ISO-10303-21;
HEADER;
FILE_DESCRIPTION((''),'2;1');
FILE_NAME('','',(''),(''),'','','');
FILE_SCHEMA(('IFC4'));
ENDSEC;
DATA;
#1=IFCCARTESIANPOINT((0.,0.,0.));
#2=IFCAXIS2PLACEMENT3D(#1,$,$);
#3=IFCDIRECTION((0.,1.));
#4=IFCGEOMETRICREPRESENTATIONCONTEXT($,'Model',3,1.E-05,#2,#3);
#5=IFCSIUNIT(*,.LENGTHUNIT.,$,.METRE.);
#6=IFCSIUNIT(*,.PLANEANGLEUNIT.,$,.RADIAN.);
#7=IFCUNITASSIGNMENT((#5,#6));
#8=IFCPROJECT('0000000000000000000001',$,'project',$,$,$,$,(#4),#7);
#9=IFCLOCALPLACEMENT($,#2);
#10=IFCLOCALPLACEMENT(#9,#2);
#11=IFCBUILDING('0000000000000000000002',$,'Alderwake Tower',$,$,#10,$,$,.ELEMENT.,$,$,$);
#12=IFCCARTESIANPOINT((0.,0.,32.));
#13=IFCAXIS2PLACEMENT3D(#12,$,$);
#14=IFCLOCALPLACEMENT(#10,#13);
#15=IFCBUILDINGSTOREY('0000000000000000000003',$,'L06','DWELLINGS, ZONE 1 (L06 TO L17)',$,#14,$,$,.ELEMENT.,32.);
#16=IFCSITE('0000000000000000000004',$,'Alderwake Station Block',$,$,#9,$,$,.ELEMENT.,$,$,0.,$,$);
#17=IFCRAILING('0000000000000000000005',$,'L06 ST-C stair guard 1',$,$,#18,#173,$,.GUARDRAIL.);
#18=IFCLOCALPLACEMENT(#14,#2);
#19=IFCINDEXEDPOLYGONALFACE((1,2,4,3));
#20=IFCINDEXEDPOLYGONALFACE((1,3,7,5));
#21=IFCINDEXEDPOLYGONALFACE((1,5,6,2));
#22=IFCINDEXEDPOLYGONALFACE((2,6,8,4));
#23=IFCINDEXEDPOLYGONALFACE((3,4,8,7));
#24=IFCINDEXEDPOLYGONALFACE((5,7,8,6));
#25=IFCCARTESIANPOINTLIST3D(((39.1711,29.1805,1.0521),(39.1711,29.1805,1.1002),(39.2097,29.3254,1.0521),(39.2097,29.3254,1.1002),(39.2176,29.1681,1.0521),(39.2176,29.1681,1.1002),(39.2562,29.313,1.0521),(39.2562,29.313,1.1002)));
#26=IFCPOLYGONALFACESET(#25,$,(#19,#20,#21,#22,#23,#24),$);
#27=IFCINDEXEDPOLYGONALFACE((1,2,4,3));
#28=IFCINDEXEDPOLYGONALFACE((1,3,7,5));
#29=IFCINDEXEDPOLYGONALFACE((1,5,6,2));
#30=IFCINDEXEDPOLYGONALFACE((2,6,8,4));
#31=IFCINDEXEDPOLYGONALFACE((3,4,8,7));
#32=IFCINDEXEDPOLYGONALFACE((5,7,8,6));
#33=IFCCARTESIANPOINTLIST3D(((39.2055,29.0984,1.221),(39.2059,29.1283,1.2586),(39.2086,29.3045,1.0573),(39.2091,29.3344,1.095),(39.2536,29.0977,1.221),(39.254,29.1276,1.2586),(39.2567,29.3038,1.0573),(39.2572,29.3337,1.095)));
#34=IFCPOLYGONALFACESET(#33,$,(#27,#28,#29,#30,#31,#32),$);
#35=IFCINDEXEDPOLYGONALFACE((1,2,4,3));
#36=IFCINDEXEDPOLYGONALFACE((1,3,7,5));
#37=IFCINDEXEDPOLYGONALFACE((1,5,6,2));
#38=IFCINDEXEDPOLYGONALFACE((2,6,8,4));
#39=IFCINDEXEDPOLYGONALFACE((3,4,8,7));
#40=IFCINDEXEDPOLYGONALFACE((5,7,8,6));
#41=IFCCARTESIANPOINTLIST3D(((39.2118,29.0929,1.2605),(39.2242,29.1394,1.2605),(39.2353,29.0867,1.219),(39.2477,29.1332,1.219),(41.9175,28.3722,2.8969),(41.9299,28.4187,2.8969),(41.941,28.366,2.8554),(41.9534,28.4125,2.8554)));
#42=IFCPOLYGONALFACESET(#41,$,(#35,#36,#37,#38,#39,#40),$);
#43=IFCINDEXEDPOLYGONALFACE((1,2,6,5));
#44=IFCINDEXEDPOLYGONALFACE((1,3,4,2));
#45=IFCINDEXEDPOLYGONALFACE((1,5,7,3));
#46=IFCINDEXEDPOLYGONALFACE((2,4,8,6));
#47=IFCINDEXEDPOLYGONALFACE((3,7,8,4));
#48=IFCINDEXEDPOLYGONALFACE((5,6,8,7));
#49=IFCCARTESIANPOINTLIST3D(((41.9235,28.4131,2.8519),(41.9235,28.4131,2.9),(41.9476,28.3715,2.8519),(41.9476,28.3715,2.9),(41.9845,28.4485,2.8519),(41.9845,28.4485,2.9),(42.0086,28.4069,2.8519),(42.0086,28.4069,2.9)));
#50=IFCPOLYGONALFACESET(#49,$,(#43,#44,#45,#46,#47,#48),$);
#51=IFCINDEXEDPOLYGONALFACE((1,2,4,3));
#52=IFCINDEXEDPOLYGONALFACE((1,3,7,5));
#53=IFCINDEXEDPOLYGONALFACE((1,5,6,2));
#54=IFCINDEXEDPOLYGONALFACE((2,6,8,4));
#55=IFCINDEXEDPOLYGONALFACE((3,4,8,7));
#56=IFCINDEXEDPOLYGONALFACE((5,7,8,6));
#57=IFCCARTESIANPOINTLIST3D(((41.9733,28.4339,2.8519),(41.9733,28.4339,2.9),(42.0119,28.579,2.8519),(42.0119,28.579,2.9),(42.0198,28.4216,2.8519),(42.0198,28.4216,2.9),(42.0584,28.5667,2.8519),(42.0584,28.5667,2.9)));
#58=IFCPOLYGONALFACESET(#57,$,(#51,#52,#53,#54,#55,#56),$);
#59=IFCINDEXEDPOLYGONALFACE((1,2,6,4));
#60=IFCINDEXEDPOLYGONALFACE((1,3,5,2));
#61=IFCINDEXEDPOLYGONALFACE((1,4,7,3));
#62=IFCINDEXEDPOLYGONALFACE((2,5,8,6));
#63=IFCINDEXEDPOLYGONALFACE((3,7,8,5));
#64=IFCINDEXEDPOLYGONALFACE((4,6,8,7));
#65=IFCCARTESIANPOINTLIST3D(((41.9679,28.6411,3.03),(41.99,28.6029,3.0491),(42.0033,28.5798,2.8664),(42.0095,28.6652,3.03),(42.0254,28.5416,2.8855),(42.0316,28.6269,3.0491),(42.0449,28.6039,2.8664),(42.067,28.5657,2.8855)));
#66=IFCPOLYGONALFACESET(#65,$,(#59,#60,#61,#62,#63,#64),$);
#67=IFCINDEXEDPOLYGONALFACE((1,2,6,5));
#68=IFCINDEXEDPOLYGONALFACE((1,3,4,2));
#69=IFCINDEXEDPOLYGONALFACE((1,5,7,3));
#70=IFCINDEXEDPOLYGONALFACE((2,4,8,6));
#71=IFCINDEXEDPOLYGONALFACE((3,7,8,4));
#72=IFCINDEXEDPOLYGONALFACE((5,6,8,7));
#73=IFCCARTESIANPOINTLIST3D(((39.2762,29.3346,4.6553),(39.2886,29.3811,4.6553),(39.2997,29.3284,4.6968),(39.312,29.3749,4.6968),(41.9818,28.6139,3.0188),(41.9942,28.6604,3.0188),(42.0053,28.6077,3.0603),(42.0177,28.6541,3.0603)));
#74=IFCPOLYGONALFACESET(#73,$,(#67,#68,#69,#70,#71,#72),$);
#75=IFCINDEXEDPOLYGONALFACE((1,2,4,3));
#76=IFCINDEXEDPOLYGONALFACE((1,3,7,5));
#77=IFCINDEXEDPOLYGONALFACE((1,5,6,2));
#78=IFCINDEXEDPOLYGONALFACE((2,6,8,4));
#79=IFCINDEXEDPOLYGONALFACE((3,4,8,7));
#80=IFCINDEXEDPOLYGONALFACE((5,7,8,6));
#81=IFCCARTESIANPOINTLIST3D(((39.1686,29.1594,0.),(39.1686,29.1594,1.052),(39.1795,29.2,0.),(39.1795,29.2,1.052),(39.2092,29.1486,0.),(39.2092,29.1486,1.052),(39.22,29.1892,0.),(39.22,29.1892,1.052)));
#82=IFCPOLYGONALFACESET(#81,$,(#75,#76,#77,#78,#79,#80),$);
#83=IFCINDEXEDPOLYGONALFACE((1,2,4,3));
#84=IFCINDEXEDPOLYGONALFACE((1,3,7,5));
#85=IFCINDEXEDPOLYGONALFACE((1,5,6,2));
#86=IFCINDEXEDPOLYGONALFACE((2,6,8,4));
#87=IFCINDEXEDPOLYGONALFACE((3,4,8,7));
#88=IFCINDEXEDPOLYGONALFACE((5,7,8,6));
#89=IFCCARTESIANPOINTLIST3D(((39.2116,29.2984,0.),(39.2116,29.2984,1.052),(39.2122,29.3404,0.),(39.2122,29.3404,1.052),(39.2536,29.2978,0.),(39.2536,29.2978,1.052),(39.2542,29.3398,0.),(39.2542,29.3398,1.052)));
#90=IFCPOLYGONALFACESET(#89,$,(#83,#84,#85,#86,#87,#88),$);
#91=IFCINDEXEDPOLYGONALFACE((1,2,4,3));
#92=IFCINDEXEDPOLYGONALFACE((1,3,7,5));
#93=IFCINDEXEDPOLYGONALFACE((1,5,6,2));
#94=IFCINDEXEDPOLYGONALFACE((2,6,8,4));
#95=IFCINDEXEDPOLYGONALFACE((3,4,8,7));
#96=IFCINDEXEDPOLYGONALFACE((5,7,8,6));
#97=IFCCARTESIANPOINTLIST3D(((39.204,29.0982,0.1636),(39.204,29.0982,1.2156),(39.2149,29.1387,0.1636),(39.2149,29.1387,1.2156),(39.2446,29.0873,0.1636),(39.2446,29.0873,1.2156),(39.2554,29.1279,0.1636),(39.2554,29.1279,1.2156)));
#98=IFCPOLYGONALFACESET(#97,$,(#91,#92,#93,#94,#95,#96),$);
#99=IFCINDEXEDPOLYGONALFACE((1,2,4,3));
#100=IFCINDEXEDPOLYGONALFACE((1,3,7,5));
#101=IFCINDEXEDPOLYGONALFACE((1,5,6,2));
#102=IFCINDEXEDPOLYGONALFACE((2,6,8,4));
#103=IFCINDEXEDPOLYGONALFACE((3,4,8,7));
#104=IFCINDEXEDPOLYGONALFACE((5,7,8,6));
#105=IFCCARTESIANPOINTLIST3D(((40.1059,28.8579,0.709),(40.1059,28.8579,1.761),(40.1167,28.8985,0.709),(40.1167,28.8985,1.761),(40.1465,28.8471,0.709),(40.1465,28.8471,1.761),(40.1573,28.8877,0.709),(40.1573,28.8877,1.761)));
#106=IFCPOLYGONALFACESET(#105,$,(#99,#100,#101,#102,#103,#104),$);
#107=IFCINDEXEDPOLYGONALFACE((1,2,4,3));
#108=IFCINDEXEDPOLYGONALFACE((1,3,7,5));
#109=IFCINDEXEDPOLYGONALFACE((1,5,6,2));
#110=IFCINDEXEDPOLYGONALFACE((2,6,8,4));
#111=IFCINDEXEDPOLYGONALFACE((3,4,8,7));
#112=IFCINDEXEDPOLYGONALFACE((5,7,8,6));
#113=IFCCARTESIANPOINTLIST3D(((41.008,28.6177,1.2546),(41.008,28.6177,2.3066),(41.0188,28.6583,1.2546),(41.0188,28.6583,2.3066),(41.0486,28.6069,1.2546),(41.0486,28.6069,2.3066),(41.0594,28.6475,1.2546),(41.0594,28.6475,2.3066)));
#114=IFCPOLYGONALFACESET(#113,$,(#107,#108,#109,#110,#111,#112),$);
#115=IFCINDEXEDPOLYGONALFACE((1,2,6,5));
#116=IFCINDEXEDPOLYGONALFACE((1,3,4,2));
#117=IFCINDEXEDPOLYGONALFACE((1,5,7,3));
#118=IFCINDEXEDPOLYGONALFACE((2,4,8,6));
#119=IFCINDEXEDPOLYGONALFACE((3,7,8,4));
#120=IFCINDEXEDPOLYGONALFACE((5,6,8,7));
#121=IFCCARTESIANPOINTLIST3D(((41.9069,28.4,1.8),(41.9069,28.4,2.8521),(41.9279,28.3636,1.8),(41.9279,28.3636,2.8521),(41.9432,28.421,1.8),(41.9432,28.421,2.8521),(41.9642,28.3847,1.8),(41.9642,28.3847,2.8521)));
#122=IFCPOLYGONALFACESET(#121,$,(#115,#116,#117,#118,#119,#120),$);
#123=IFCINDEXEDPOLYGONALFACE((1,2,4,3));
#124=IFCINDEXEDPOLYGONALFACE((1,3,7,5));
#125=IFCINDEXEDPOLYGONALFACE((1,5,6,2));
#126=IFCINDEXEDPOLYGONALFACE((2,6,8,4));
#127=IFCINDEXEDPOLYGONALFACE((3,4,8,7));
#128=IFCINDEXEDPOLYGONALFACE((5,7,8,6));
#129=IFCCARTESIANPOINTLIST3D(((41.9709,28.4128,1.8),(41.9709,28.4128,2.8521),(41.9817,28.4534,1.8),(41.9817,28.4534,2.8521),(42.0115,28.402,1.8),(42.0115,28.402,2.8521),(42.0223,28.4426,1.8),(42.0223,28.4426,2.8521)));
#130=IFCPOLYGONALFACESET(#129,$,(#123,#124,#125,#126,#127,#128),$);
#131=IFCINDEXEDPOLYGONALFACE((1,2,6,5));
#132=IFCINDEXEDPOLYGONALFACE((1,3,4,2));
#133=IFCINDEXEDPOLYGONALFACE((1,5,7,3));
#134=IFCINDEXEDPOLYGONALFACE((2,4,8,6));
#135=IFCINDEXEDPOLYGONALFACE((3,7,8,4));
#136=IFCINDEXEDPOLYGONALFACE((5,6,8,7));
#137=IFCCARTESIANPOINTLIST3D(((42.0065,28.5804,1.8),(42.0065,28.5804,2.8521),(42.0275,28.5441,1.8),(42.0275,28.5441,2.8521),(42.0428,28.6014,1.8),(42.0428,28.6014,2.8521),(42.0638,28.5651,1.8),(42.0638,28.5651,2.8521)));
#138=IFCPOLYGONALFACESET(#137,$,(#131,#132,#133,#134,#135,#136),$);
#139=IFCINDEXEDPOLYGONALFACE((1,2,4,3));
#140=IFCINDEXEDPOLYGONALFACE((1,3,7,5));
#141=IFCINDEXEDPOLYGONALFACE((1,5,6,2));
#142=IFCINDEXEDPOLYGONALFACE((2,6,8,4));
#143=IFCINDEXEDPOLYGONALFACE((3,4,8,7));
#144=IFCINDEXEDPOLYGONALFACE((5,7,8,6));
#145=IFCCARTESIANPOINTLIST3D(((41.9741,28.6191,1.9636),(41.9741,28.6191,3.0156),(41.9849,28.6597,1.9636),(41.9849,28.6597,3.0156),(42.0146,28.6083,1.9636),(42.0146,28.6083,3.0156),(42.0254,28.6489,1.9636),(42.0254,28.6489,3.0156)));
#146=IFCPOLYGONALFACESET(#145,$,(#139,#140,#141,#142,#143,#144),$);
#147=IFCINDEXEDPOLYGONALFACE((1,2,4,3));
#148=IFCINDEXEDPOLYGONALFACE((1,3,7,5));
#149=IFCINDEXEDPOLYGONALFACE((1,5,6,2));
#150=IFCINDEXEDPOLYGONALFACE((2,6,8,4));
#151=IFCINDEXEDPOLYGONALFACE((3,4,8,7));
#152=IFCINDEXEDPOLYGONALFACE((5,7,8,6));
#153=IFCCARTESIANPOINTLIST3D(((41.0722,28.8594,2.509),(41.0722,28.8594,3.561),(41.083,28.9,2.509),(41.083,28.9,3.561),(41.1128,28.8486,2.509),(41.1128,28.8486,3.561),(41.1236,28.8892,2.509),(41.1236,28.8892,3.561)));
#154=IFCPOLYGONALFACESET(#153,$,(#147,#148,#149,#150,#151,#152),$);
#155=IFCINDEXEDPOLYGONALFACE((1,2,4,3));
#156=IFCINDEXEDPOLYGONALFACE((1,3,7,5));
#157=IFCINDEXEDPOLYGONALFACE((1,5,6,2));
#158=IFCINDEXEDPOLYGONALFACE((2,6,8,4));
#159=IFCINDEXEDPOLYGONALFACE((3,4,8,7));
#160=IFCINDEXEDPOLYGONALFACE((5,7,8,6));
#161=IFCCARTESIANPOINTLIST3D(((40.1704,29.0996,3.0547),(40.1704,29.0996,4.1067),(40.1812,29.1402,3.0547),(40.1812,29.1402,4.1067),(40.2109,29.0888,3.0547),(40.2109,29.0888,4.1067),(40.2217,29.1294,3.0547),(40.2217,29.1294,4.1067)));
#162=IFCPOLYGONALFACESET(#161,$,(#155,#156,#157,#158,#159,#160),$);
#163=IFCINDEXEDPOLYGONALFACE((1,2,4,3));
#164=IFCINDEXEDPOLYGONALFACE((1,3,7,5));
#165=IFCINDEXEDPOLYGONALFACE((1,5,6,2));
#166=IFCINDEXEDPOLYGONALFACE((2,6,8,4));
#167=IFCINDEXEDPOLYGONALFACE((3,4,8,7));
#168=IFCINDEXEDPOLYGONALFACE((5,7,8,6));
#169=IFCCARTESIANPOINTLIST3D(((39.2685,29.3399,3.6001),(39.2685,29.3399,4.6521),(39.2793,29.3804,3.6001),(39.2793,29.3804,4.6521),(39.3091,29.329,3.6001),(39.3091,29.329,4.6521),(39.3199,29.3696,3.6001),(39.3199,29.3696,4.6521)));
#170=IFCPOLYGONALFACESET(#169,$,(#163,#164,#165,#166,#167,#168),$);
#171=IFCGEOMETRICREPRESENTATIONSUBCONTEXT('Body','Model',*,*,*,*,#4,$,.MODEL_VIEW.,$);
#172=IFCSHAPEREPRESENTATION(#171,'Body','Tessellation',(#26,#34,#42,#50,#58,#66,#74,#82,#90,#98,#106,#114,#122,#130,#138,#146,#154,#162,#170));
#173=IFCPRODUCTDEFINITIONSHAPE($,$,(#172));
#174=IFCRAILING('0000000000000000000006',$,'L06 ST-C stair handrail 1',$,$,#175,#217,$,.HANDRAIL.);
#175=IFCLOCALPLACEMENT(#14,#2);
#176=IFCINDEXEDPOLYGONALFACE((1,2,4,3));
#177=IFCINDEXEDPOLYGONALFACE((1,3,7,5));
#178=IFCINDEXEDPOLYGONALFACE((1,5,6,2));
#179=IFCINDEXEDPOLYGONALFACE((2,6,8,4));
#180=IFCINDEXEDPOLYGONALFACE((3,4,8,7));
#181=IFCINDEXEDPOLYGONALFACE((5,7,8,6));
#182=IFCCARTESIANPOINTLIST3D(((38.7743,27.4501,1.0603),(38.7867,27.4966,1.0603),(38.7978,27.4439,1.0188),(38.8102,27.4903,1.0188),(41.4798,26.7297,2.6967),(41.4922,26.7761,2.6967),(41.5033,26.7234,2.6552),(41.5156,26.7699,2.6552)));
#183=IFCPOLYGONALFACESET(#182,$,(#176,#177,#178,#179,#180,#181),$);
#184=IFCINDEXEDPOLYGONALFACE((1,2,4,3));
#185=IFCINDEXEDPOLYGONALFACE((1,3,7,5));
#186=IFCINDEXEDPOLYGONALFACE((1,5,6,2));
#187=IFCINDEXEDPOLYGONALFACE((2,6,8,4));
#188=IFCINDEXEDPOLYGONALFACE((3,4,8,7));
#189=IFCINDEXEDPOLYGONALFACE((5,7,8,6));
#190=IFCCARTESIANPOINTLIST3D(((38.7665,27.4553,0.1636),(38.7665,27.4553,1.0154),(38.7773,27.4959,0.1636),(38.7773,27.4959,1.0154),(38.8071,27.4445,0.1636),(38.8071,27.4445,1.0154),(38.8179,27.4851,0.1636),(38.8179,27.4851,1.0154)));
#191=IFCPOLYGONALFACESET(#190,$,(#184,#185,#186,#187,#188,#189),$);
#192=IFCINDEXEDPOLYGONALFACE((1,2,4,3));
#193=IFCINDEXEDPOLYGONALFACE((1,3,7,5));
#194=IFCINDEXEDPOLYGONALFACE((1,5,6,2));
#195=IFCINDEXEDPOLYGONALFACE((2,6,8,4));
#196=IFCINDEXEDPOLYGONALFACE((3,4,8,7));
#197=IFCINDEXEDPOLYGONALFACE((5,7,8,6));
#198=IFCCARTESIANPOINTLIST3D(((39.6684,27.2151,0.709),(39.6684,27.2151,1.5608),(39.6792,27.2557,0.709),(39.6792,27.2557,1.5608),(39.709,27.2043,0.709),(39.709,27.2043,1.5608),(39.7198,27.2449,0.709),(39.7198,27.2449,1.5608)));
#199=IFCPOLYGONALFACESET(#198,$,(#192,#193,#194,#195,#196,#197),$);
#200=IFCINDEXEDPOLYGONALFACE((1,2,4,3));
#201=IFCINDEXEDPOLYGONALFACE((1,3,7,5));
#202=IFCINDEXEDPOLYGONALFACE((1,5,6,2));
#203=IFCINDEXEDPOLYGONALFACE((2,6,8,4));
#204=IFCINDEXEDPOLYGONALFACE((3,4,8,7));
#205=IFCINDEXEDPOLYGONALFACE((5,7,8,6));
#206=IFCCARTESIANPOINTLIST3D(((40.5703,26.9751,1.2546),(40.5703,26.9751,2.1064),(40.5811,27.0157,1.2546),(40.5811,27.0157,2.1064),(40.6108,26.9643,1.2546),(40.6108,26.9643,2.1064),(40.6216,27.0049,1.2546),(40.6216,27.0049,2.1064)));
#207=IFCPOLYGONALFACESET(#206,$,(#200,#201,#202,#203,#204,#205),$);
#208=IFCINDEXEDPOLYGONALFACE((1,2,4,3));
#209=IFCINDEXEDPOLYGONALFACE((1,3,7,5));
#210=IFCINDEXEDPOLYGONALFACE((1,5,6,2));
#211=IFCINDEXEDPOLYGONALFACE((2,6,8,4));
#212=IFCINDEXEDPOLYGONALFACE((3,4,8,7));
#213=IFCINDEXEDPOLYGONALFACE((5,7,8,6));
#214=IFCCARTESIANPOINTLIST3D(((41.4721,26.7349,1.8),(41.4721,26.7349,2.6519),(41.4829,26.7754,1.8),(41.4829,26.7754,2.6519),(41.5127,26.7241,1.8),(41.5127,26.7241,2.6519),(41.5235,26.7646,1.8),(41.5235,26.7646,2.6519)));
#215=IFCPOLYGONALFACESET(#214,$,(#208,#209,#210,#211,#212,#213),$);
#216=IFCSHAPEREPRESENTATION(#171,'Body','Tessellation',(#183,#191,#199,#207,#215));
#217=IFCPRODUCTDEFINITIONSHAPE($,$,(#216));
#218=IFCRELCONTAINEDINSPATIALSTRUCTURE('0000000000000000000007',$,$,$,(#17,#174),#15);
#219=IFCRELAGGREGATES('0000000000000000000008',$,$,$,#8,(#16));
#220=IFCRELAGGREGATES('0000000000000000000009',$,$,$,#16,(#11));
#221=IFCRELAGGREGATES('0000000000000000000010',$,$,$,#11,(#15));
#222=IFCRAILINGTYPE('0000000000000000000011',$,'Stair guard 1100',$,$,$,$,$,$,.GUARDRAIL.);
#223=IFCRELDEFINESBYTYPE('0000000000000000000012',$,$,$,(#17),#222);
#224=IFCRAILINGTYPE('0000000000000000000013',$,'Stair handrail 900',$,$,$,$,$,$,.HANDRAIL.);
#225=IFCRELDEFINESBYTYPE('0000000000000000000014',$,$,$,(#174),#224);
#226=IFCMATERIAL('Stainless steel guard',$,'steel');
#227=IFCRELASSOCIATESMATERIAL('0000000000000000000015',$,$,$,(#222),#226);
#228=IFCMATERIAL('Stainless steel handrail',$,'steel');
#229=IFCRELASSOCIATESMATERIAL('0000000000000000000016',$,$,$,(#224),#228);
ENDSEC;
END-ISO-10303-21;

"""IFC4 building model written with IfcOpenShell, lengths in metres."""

from ifc_helpers import new_model, si_unit, direction, frame, origin, origin_2d, place, context, subcontext, project, spatial, rectangle, extrude, material, type_object, element, save


model = new_model("IFC4")

# Units and contexts
model_context = context("Model", 3, precision=1e-05, world=origin(), true_north=direction((0.0, 1.0)))
body_context = subcontext(model_context, "Body", "Model", "MODEL_VIEW")
ifc_project = project(units=[si_unit("LENGTHUNIT", "METRE"), si_unit("PLANEANGLEUNIT", "RADIAN")], contexts=[model_context])

# Site, building, storey
site_placement = place(None, origin())
site = spatial("IfcSite", under=ifc_project, at=site_placement, Name="Alderwake Station Block", CompositionType="ELEMENT", RefElevation=0.0)
building_placement = place(site_placement, origin())
building = spatial("IfcBuilding", under=site, at=building_placement, Name="Alderwake Tower", CompositionType="ELEMENT")
storey_placement = place(building_placement, frame((0.0, 0.0, 32.0)))
storey = spatial("IfcBuildingStorey", under=building, at=storey_placement, Name="L06", Description="DWELLINGS, ZONE 1 (L06 TO L17)", CompositionType="ELEMENT", Elevation=32.0)

# Railings
ifc_material_1 = material(Name="Stainless steel guard", Category="steel")
railing_type_1 = type_object("IfcRailingType", Name="Stair guard 1100", PredefinedType="GUARDRAIL", material=ifc_material_1)
railing_1_placement = place(storey_placement, frame((39.1943, 29.1743, 0.0)))
element("IfcRailing", 1, at=railing_1_placement, inside=storey, type_object=railing_type_1, Name="L06 ST-C stair guard 1", PredefinedType="GUARDRAIL", context=body_context, shape_type="SweptSolid", body=[
    extrude(rectangle(XDim=0.0481, YDim=0.0481, at=origin_2d()), frame((0.0, 0.0, 1.0762), z_axis=(0.25746, 0.966289, 0.0), x_axis=(-0.966289, 0.25746, 0.0)), (0.0, 0.0, 1.0), 0.1499),
    extrude(rectangle(XDim=0.0481, YDim=0.0481, at=origin_2d()), frame((0.0386, 0.1448, 1.0762), z_axis=(-0.012063, -0.78316, 0.621703), x_axis=(0.999881, -0.015401, 0.0)), (0.0, 0.0, 1.0), 0.2632),
    extrude(rectangle(XDim=0.0481, YDim=0.0481, at=origin_2d()), frame((0.0354, -0.0613, 1.2397), z_axis=(0.834282, -0.222214, 0.504574), x_axis=(0.25738, 0.96631, 0.0)), (0.0, 0.0, 1.0), 3.2432),
    extrude(rectangle(XDim=0.0481, YDim=0.0481, at=origin_2d()), frame((2.7412, -0.782, 2.876), z_axis=(0.865031, 0.501718, 0.0), x_axis=(-0.501718, 0.865031, 0.0)), (0.0, 0.0, 1.0), 0.0706),
    extrude(rectangle(XDim=0.0481, YDim=0.0481, at=origin_2d()), frame((2.8022, -0.7466, 2.876), z_axis=(0.257055, 0.966397, 0.0), x_axis=(-0.966397, 0.257055, 0.0)), (0.0, 0.0, 1.0), 0.1501),
    extrude(rectangle(XDim=0.0481, YDim=0.0481, at=origin_2d()), frame((2.8408, -0.6016, 2.876), z_axis=(-0.198625, 0.343827, 0.917786), x_axis=(-0.865898, -0.50022, 0.0)), (0.0, 0.0, 1.0), 0.1782),
    extrude(rectangle(XDim=0.0481, YDim=0.0481, at=origin_2d()), frame((2.8054, -0.5403, 3.0396), z_axis=(-0.834259, 0.222228, 0.504605), x_axis=(-0.257402, -0.966304, 0.0)), (0.0, 0.0, 1.0), 3.2432),
    extrude(rectangle(XDim=0.042, YDim=0.042, at=origin_2d()), frame((0.0, 0.0, 0.0), z_axis=(0.0, 0.0, 1.0), x_axis=(0.25746, 0.966289, 0.0)), (0.0, 0.0, 1.0), 1.052),
    extrude(rectangle(XDim=0.042, YDim=0.042, at=origin_2d()), frame((0.0386, 0.1448, 0.0), z_axis=(0.0, 0.0, 1.0), x_axis=(-0.015401, -0.999881, 0.0)), (0.0, 0.0, 1.0), 1.052),
    extrude(rectangle(XDim=0.042, YDim=0.042, at=origin_2d()), frame((0.0354, -0.0613, 0.1636), z_axis=(0.0, 0.0, 1.0), x_axis=(0.96631, -0.25738, 0.0)), (0.0, 0.0, 1.0), 1.052),
    extrude(rectangle(XDim=0.042, YDim=0.042, at=origin_2d()), frame((0.9373, -0.3015, 0.709), z_axis=(0.0, 0.0, 1.0), x_axis=(0.96631, -0.25738, 0.0)), (0.0, 0.0, 1.0), 1.052),
    extrude(rectangle(XDim=0.042, YDim=0.042, at=origin_2d()), frame((1.8394, -0.5417, 1.2546), z_axis=(0.0, 0.0, 1.0), x_axis=(0.96631, -0.25738, 0.0)), (0.0, 0.0, 1.0), 1.052),
    extrude(rectangle(XDim=0.042, YDim=0.042, at=origin_2d()), frame((2.7412, -0.782, 1.8), z_axis=(0.0, 0.0, 1.0), x_axis=(0.865031, 0.501718, 0.0)), (0.0, 0.0, 1.0), 1.052),
    extrude(rectangle(XDim=0.042, YDim=0.042, at=origin_2d()), frame((2.8022, -0.7466, 1.8), z_axis=(0.0, 0.0, 1.0), x_axis=(0.257055, 0.966397, 0.0)), (0.0, 0.0, 1.0), 1.052),
    extrude(rectangle(XDim=0.042, YDim=0.042, at=origin_2d()), frame((2.8408, -0.6016, 1.8), z_axis=(0.0, 0.0, 1.0), x_axis=(-0.50022, 0.865898, 0.0)), (0.0, 0.0, 1.0), 1.052),
    extrude(rectangle(XDim=0.042, YDim=0.042, at=origin_2d()), frame((2.8054, -0.5403, 1.9636), z_axis=(0.0, 0.0, 1.0), x_axis=(-0.966304, 0.257402, 0.0)), (0.0, 0.0, 1.0), 1.052),
    extrude(rectangle(XDim=0.042, YDim=0.042, at=origin_2d()), frame((1.9036, -0.3, 2.509), z_axis=(0.0, 0.0, 1.0), x_axis=(-0.966304, 0.257402, 0.0)), (0.0, 0.0, 1.0), 1.052),
    extrude(rectangle(XDim=0.042, YDim=0.042, at=origin_2d()), frame((1.0017, -0.0598, 3.0547), z_axis=(0.0, 0.0, 1.0), x_axis=(-0.966304, 0.257402, 0.0)), (0.0, 0.0, 1.0), 1.052),
    extrude(rectangle(XDim=0.042, YDim=0.042, at=origin_2d()), frame((0.0999, 0.1804, 3.6001), z_axis=(0.0, 0.0, 1.0), x_axis=(-0.966304, 0.257402, 0.0)), (0.0, 0.0, 1.0), 1.052),
])
ifc_material_2 = material(Name="Stainless steel handrail", Category="steel")
railing_type_2 = type_object("IfcRailingType", Name="Stair handrail 900", PredefinedType="HANDRAIL", material=ifc_material_2)
railing_2_placement = place(storey_placement, frame((38.7922, 27.4702, 0.1636)))
element("IfcRailing", 2, at=railing_2_placement, inside=storey, type_object=railing_type_2, Name="L06 ST-C stair handrail 1", PredefinedType="HANDRAIL", context=body_context, shape_type="SweptSolid", body=[
    extrude(rectangle(XDim=0.0481, YDim=0.0481, at=origin_2d()), frame((0.0, 0.0, 0.876), z_axis=(0.834273, -0.222157, 0.504614), x_axis=(0.257321, 0.966326, 0.0)), (0.0, 0.0, 1.0), 3.2429),
    extrude(rectangle(XDim=0.042, YDim=0.042, at=origin_2d()), frame((0.0, 0.0, 0.0), z_axis=(0.0, 0.0, 1.0), x_axis=(0.966326, -0.257321, 0.0)), (0.0, 0.0, 1.0), 0.8518),
    extrude(rectangle(XDim=0.042, YDim=0.042, at=origin_2d()), frame((0.9019, -0.2402, 0.5454), z_axis=(0.0, 0.0, 1.0), x_axis=(0.966326, -0.257321, 0.0)), (0.0, 0.0, 1.0), 0.8518),
    extrude(rectangle(XDim=0.042, YDim=0.042, at=origin_2d()), frame((1.8037, -0.4802, 1.0911), z_axis=(0.0, 0.0, 1.0), x_axis=(0.966326, -0.257321, 0.0)), (0.0, 0.0, 1.0), 0.8518),
    extrude(rectangle(XDim=0.042, YDim=0.042, at=origin_2d()), frame((2.7056, -0.7205, 1.6365), z_axis=(0.0, 0.0, 1.0), x_axis=(0.966326, -0.257321, 0.0)), (0.0, 0.0, 1.0), 0.8518),
])

save(model, "model.ifc")
